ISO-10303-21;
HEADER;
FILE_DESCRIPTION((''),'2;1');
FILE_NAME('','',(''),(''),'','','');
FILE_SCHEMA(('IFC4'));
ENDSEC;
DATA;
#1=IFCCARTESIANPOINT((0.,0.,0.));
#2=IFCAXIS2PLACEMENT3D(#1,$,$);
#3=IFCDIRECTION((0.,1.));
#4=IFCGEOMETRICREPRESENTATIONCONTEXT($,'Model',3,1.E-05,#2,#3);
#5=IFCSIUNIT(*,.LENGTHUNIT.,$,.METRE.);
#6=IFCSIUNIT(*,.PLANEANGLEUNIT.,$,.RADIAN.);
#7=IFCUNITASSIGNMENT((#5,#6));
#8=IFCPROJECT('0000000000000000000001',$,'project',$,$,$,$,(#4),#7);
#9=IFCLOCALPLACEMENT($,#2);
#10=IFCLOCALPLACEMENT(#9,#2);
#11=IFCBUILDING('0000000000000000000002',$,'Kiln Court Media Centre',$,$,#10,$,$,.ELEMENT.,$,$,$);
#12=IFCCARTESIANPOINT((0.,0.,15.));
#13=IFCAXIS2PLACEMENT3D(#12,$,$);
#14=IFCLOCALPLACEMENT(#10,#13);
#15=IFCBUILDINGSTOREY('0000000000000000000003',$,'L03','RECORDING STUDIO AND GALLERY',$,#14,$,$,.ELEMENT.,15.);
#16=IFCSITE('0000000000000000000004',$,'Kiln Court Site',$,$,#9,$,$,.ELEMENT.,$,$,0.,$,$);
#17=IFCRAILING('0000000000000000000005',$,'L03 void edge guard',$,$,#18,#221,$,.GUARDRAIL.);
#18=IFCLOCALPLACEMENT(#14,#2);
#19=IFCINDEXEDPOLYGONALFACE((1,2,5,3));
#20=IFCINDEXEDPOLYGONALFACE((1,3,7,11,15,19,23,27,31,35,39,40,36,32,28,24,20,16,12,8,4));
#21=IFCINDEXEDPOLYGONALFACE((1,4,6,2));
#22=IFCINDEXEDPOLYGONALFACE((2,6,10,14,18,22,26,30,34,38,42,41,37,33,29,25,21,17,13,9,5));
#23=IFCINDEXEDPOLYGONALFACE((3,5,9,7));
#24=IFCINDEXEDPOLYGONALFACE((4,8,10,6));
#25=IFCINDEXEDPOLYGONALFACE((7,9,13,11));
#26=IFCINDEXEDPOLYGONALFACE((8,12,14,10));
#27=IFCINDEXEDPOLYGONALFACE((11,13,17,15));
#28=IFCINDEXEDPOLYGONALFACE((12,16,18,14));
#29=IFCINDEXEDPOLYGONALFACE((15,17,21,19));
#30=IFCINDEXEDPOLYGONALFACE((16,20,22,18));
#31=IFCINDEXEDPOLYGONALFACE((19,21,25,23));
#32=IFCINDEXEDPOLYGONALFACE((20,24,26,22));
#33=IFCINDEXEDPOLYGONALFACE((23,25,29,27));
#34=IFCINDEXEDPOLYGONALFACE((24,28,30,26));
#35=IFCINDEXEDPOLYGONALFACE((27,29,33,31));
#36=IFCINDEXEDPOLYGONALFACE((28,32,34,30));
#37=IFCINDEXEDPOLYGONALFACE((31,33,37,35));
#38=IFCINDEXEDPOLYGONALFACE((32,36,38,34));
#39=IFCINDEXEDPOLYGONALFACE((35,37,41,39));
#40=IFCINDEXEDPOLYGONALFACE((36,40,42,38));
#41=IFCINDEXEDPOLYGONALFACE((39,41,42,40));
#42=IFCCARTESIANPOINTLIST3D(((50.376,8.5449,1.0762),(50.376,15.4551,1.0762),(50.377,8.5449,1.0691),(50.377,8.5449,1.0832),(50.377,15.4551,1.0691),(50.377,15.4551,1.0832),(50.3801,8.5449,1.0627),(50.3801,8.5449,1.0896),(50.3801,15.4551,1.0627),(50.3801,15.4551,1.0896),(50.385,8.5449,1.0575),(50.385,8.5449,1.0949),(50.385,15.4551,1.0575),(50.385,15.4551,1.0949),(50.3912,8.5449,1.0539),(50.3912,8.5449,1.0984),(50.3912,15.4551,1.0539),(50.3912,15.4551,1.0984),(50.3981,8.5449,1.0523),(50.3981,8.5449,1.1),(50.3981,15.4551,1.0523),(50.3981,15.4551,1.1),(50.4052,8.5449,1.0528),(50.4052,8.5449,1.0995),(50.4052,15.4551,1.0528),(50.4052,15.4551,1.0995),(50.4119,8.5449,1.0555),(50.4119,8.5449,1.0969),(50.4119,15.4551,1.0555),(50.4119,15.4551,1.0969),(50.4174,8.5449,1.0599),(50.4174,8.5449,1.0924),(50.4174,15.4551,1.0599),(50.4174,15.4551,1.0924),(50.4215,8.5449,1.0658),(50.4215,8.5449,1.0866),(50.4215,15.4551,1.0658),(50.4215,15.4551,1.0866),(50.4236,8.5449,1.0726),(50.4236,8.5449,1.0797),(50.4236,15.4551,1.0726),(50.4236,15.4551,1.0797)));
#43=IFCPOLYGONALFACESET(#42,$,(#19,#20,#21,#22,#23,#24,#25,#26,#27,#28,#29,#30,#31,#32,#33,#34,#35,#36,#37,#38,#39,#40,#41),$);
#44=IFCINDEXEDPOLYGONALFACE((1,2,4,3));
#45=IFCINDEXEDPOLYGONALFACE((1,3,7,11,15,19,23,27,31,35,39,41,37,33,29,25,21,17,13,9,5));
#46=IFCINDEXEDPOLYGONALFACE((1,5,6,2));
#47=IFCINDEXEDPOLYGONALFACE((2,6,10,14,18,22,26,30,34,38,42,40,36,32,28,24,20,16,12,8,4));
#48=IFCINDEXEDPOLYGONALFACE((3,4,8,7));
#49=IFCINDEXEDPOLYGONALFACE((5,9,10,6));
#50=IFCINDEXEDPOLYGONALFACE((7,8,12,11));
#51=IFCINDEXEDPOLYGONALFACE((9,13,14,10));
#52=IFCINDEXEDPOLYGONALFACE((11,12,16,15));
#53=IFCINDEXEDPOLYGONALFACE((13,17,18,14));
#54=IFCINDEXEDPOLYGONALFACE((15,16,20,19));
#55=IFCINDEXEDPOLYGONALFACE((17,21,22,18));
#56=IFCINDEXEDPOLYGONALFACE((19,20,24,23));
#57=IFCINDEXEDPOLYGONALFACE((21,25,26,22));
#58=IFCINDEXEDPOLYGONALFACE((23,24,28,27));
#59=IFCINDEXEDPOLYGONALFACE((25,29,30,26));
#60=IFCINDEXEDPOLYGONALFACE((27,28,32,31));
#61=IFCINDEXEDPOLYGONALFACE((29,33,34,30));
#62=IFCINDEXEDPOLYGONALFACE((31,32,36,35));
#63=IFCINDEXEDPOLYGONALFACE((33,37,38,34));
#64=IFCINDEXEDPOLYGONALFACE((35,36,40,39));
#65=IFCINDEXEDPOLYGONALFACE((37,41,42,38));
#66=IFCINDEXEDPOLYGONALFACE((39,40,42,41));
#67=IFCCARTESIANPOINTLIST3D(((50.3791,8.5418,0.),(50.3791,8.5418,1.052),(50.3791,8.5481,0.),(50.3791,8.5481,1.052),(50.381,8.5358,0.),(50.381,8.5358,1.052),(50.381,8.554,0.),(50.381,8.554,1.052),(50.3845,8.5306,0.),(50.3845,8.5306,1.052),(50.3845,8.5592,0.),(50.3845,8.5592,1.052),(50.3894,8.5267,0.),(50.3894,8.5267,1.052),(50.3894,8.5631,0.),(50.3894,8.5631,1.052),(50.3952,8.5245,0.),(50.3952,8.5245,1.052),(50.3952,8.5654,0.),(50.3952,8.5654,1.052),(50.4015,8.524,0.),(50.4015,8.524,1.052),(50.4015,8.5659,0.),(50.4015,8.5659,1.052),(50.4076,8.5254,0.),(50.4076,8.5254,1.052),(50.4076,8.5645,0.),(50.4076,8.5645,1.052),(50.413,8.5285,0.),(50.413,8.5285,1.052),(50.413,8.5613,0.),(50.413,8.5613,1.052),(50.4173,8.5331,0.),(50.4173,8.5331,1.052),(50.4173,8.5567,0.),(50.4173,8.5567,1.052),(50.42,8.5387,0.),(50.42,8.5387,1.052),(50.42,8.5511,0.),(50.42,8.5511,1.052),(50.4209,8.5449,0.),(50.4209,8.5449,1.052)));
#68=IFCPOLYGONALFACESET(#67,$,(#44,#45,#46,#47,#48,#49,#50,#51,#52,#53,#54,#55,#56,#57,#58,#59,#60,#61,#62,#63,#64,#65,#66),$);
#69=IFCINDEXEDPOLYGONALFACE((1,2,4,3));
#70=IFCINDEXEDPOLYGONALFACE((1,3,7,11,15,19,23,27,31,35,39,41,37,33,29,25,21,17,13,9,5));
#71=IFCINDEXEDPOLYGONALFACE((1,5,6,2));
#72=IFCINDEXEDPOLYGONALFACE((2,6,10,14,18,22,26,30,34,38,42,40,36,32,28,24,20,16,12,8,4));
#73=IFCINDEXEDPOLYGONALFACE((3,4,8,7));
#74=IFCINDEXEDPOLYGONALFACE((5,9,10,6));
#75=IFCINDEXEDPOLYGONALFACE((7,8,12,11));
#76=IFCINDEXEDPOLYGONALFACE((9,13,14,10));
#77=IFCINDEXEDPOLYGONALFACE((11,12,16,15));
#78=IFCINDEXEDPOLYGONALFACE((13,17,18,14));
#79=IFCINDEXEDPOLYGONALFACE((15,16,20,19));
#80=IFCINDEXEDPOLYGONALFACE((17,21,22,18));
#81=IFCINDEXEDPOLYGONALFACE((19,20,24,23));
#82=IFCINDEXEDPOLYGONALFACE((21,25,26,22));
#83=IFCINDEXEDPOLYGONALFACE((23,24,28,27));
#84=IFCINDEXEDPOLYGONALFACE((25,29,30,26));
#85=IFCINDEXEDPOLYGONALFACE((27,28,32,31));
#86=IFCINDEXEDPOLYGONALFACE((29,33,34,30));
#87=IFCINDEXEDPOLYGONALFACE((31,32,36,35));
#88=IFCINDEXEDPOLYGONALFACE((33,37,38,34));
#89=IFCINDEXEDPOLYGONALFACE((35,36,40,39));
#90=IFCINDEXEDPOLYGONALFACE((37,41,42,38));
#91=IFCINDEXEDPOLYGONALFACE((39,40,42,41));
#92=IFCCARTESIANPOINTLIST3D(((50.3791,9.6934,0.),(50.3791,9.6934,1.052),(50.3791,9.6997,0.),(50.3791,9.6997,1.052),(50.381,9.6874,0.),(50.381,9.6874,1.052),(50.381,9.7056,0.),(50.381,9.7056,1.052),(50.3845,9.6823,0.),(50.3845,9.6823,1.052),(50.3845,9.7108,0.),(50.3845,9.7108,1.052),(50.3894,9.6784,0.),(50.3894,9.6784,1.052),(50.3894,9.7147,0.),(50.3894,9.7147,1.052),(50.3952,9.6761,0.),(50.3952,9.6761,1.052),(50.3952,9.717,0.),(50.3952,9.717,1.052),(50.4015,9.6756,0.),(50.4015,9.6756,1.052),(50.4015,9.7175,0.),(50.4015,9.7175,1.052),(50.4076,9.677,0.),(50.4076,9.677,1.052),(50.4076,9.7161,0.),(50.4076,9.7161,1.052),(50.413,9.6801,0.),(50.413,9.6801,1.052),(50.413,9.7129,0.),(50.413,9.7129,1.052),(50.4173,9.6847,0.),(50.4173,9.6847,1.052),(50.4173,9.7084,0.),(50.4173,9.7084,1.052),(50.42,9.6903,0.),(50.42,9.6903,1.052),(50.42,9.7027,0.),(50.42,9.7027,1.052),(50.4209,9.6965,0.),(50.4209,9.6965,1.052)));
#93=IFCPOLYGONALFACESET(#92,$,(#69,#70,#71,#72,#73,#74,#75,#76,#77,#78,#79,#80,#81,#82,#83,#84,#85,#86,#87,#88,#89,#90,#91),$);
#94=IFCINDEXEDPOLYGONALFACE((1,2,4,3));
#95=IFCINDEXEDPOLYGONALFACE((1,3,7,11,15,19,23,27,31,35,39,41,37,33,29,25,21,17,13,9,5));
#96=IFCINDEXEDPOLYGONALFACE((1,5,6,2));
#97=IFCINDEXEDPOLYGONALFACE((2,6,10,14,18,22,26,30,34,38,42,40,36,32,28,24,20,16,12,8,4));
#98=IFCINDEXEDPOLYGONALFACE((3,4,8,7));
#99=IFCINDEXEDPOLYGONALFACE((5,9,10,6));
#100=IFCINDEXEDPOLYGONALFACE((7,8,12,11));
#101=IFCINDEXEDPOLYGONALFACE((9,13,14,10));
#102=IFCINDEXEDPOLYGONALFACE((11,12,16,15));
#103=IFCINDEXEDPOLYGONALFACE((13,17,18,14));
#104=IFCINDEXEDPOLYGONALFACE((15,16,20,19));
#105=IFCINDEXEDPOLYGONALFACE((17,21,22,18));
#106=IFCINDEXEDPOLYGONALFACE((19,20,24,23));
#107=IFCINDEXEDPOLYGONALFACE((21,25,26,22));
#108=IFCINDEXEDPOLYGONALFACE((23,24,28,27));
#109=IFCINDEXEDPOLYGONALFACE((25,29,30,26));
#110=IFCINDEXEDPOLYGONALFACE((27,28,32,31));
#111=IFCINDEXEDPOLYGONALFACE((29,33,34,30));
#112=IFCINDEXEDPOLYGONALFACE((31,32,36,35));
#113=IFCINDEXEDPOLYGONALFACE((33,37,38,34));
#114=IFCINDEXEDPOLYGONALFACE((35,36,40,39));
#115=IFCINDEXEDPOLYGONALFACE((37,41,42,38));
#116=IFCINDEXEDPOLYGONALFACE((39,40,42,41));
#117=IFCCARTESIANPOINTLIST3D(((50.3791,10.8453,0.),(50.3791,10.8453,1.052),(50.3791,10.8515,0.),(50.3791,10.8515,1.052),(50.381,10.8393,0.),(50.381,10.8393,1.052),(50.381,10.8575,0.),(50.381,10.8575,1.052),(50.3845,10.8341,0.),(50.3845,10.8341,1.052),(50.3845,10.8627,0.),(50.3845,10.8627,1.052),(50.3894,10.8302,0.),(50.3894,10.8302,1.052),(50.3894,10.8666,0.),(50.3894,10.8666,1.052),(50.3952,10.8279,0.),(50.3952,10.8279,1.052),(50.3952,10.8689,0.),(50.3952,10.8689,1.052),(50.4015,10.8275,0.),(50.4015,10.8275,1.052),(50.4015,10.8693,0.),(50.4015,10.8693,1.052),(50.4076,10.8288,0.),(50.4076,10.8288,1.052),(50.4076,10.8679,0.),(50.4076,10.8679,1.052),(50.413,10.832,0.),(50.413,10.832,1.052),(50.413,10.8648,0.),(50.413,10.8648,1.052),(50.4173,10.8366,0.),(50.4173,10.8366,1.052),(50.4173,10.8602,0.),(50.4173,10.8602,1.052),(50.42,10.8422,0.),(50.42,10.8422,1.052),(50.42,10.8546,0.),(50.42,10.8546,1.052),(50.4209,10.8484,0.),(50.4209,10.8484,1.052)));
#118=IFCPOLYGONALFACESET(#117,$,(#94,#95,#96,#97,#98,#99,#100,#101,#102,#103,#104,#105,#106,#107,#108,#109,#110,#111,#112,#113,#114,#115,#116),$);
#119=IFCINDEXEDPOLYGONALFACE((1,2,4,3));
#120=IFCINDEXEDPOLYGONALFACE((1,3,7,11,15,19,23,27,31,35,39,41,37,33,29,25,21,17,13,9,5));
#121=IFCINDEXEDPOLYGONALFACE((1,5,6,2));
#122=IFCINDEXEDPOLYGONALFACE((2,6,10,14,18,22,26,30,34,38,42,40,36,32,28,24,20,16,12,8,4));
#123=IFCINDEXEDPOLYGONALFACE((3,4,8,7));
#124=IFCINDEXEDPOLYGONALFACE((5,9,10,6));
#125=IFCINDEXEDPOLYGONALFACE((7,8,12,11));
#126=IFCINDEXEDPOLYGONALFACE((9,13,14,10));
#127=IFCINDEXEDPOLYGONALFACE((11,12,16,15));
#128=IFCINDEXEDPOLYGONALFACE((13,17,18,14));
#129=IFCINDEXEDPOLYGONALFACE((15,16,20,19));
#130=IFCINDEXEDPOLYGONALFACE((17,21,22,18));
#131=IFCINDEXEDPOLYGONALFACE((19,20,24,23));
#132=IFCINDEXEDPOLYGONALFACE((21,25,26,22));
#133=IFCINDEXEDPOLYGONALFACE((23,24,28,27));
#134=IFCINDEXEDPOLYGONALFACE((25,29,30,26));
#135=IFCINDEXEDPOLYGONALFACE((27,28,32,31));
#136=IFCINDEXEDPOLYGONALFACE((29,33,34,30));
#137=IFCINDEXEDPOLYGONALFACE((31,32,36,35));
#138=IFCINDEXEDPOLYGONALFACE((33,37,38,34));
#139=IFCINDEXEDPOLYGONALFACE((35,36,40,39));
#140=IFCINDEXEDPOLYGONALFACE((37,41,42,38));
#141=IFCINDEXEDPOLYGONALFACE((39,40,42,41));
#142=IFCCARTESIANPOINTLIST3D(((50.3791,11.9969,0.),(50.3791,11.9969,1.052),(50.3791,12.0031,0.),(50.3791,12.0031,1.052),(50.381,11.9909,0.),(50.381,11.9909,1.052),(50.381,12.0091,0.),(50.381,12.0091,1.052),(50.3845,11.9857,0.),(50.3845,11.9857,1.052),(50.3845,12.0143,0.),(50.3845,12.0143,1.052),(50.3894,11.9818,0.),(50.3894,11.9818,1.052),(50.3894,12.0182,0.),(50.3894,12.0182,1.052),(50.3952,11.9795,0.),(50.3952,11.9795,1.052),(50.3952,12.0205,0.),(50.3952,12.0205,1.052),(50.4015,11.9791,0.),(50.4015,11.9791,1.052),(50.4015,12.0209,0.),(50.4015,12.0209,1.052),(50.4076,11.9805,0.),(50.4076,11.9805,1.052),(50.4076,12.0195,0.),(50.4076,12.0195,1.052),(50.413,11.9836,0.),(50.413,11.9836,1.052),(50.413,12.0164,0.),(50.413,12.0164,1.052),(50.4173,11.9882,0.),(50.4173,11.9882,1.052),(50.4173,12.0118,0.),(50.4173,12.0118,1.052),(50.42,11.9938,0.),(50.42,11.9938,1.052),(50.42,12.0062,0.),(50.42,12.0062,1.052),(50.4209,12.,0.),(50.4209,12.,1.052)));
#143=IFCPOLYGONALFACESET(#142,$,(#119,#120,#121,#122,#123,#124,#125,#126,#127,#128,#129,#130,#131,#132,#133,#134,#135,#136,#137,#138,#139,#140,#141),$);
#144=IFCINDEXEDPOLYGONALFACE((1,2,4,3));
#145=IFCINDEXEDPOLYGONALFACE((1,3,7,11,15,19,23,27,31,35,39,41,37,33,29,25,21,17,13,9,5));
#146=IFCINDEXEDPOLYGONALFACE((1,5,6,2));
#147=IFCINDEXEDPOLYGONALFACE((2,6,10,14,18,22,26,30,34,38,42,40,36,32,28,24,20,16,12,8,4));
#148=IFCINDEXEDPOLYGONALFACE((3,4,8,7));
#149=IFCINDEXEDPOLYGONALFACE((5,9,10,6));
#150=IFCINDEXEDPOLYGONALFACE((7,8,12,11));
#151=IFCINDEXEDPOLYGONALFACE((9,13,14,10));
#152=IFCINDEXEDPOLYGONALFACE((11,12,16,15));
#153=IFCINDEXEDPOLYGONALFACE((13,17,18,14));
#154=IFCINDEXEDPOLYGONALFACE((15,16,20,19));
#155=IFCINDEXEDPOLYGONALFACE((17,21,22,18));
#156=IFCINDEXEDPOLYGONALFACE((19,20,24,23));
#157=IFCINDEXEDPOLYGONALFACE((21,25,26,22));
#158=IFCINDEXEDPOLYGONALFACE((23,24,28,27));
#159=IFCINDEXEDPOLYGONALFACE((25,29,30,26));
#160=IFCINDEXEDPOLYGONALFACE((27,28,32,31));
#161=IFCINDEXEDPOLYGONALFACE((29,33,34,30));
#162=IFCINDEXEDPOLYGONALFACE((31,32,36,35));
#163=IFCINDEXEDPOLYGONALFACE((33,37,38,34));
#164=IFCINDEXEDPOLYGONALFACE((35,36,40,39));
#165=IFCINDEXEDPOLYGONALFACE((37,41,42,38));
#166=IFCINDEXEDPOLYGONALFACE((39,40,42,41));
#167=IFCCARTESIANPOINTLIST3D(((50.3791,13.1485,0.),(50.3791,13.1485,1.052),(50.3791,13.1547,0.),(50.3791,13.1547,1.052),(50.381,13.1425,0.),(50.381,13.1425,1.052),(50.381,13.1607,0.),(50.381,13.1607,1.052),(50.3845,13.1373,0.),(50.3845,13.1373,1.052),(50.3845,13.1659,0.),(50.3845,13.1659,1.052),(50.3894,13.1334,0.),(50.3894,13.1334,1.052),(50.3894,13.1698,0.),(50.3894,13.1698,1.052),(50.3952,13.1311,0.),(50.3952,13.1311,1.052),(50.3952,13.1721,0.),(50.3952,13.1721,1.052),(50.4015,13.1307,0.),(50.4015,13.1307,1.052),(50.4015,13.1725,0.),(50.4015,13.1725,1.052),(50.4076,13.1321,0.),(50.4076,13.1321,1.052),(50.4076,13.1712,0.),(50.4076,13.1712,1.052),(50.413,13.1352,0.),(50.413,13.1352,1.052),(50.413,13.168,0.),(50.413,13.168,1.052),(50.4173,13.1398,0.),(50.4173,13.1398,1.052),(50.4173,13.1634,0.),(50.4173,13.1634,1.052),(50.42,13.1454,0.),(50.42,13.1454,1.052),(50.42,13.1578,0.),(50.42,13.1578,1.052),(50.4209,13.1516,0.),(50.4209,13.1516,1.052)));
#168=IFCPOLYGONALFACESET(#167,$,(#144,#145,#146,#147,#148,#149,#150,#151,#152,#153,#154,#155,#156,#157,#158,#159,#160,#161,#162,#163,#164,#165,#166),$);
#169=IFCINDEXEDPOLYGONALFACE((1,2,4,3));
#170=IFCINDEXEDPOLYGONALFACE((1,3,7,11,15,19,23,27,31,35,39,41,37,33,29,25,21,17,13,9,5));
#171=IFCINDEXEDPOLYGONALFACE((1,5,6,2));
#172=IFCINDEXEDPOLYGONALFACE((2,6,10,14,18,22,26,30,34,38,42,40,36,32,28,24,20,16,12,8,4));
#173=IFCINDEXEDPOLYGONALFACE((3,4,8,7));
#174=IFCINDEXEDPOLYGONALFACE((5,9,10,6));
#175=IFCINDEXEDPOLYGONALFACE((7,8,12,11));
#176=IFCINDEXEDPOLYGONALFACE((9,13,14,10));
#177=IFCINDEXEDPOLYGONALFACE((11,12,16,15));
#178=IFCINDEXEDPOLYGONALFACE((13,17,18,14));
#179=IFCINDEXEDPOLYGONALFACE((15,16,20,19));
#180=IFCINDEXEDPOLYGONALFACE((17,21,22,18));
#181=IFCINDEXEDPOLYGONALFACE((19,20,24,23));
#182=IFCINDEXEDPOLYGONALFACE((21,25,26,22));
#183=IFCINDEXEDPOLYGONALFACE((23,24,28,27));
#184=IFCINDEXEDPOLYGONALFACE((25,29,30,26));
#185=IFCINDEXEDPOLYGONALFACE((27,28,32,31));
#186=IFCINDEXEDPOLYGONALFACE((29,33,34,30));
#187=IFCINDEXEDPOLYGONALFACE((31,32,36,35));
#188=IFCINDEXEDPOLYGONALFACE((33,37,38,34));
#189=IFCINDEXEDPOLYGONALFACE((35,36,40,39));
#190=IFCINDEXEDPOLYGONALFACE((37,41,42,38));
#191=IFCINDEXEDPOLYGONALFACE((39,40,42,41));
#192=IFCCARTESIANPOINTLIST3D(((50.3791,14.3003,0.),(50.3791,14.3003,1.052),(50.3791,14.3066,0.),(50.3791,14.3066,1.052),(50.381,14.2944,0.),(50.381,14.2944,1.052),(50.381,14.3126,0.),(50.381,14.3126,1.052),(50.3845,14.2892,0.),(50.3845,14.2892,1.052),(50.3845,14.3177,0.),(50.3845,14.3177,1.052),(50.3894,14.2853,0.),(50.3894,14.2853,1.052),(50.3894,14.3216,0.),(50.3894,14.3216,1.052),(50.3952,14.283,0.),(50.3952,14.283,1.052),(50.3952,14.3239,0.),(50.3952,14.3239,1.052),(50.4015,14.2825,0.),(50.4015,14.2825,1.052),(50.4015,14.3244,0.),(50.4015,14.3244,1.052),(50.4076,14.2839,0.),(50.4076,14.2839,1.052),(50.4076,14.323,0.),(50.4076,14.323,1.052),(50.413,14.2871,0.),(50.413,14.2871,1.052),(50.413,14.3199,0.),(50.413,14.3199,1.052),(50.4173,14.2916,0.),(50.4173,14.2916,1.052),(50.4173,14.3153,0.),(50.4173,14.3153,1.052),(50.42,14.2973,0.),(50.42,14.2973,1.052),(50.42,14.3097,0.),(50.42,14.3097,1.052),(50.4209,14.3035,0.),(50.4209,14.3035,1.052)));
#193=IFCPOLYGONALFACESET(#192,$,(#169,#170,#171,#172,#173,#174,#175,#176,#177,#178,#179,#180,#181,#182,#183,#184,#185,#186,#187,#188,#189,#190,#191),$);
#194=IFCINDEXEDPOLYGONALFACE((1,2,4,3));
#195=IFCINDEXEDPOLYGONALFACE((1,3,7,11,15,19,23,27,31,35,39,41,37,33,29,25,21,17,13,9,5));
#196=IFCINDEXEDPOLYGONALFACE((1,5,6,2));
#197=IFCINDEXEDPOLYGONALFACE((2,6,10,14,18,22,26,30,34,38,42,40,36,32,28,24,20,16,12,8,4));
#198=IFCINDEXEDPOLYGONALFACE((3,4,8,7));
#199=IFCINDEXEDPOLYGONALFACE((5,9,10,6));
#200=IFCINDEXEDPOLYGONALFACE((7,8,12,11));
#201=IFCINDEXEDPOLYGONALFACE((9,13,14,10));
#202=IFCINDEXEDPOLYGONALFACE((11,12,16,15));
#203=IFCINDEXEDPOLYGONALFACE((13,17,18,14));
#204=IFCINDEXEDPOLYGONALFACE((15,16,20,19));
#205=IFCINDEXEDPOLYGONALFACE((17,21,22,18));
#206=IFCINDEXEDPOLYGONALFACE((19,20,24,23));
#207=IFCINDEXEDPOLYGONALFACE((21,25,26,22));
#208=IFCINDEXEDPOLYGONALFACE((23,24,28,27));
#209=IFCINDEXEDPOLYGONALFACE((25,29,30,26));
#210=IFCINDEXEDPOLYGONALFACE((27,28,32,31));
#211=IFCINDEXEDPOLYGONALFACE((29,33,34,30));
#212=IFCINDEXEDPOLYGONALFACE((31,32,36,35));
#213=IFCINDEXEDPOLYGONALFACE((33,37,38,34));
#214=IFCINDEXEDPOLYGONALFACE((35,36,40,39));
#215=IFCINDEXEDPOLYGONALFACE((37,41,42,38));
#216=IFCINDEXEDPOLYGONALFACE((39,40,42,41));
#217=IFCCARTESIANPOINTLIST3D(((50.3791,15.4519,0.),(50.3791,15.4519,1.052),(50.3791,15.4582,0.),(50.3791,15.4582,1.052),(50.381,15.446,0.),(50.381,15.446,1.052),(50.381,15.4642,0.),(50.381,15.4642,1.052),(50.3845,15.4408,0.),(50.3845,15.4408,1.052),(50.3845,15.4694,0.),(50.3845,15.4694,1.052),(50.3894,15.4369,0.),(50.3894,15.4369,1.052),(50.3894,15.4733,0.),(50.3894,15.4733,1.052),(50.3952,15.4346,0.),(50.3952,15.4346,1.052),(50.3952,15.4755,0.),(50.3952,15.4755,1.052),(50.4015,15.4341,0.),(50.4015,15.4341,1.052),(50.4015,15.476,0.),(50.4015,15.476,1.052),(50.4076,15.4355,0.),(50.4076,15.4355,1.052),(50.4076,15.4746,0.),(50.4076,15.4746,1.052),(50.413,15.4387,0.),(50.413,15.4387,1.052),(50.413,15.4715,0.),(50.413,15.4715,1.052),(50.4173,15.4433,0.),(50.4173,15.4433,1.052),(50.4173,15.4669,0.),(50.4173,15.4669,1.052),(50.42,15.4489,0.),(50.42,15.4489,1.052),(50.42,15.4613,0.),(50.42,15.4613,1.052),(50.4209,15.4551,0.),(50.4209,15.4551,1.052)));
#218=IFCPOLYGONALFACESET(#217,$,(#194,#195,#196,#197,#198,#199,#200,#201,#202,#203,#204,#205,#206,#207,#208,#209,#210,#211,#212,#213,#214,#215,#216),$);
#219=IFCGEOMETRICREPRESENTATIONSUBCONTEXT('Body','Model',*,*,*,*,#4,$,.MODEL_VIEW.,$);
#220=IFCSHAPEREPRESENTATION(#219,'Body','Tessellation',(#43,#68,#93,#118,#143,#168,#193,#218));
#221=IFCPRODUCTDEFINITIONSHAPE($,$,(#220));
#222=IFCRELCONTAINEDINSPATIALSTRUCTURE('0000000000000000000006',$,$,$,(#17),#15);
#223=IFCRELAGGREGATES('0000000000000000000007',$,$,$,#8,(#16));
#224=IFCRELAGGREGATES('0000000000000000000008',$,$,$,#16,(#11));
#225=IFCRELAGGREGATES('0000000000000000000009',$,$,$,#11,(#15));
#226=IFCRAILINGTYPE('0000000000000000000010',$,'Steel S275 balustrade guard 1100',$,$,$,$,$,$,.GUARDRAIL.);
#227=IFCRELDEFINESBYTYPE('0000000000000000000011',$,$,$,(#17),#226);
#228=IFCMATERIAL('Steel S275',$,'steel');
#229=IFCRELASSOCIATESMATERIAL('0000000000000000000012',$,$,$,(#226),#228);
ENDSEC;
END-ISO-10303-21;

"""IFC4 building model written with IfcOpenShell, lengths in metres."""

from ifc_helpers import new_model, si_unit, direction, frame, origin, origin_2d, place, context, subcontext, project, spatial, circle, extrude, material, type_object, element, save


model = new_model("IFC4")

# Units and contexts
model_context = context("Model", 3, precision=1e-05, world=origin(), true_north=direction((0.0, 1.0)))
body_context = subcontext(model_context, "Body", "Model", "MODEL_VIEW")
ifc_project = project(units=[si_unit("LENGTHUNIT", "METRE"), si_unit("PLANEANGLEUNIT", "RADIAN")], contexts=[model_context])

# Site, building, storey
site_placement = place(None, origin())
site = spatial("IfcSite", under=ifc_project, at=site_placement, Name="Kiln Court Site", CompositionType="ELEMENT", RefElevation=0.0)
building_placement = place(site_placement, origin())
building = spatial("IfcBuilding", under=site, at=building_placement, Name="Kiln Court Media Centre", CompositionType="ELEMENT")
storey_placement = place(building_placement, frame((0.0, 0.0, 15.0)))
storey = spatial("IfcBuildingStorey", under=building, at=storey_placement, Name="L03", Description="RECORDING STUDIO AND GALLERY", CompositionType="ELEMENT", Elevation=15.0)

# Railing
ifc_material_1 = material(Name="Steel S275", Category="steel")
railing_type = type_object("IfcRailingType", Name="Steel S275 balustrade guard 1100", PredefinedType="GUARDRAIL", material=ifc_material_1)
railing_placement = place(storey_placement, frame((50.3999, 8.5449, 0.0)))
element("IfcRailing", 1, at=railing_placement, inside=storey, type_object=railing_type, Name="L03 void edge guard", PredefinedType="GUARDRAIL", context=body_context, shape_type="SweptSolid", body=[
    extrude(circle(Radius=0.0239, at=origin_2d()), frame((0.0, 0.0, 1.0762), z_axis=(0.0, 1.0, 0.0), x_axis=(-1.0, 0.0, 0.0)), (0.0, 0.0, 1.0), 6.9102),
    extrude(circle(Radius=0.021, at=origin_2d()), origin(), (0.0, 0.0, 1.0), 1.052),
    extrude(circle(Radius=0.021, at=origin_2d()), frame((0.0, 1.1516, 0.0)), (0.0, 0.0, 1.0), 1.052),
    extrude(circle(Radius=0.021, at=origin_2d()), frame((0.0, 2.3035, 0.0)), (0.0, 0.0, 1.0), 1.052),
    extrude(circle(Radius=0.021, at=origin_2d()), frame((0.0, 3.4551, 0.0)), (0.0, 0.0, 1.0), 1.052),
    extrude(circle(Radius=0.021, at=origin_2d()), frame((0.0, 4.6067, 0.0)), (0.0, 0.0, 1.0), 1.052),
    extrude(circle(Radius=0.021, at=origin_2d()), frame((0.0, 5.7585, 0.0)), (0.0, 0.0, 1.0), 1.052),
    extrude(circle(Radius=0.021, at=origin_2d()), frame((0.0, 6.9102, 0.0)), (0.0, 0.0, 1.0), 1.052),
])

save(model, "model.ifc")
